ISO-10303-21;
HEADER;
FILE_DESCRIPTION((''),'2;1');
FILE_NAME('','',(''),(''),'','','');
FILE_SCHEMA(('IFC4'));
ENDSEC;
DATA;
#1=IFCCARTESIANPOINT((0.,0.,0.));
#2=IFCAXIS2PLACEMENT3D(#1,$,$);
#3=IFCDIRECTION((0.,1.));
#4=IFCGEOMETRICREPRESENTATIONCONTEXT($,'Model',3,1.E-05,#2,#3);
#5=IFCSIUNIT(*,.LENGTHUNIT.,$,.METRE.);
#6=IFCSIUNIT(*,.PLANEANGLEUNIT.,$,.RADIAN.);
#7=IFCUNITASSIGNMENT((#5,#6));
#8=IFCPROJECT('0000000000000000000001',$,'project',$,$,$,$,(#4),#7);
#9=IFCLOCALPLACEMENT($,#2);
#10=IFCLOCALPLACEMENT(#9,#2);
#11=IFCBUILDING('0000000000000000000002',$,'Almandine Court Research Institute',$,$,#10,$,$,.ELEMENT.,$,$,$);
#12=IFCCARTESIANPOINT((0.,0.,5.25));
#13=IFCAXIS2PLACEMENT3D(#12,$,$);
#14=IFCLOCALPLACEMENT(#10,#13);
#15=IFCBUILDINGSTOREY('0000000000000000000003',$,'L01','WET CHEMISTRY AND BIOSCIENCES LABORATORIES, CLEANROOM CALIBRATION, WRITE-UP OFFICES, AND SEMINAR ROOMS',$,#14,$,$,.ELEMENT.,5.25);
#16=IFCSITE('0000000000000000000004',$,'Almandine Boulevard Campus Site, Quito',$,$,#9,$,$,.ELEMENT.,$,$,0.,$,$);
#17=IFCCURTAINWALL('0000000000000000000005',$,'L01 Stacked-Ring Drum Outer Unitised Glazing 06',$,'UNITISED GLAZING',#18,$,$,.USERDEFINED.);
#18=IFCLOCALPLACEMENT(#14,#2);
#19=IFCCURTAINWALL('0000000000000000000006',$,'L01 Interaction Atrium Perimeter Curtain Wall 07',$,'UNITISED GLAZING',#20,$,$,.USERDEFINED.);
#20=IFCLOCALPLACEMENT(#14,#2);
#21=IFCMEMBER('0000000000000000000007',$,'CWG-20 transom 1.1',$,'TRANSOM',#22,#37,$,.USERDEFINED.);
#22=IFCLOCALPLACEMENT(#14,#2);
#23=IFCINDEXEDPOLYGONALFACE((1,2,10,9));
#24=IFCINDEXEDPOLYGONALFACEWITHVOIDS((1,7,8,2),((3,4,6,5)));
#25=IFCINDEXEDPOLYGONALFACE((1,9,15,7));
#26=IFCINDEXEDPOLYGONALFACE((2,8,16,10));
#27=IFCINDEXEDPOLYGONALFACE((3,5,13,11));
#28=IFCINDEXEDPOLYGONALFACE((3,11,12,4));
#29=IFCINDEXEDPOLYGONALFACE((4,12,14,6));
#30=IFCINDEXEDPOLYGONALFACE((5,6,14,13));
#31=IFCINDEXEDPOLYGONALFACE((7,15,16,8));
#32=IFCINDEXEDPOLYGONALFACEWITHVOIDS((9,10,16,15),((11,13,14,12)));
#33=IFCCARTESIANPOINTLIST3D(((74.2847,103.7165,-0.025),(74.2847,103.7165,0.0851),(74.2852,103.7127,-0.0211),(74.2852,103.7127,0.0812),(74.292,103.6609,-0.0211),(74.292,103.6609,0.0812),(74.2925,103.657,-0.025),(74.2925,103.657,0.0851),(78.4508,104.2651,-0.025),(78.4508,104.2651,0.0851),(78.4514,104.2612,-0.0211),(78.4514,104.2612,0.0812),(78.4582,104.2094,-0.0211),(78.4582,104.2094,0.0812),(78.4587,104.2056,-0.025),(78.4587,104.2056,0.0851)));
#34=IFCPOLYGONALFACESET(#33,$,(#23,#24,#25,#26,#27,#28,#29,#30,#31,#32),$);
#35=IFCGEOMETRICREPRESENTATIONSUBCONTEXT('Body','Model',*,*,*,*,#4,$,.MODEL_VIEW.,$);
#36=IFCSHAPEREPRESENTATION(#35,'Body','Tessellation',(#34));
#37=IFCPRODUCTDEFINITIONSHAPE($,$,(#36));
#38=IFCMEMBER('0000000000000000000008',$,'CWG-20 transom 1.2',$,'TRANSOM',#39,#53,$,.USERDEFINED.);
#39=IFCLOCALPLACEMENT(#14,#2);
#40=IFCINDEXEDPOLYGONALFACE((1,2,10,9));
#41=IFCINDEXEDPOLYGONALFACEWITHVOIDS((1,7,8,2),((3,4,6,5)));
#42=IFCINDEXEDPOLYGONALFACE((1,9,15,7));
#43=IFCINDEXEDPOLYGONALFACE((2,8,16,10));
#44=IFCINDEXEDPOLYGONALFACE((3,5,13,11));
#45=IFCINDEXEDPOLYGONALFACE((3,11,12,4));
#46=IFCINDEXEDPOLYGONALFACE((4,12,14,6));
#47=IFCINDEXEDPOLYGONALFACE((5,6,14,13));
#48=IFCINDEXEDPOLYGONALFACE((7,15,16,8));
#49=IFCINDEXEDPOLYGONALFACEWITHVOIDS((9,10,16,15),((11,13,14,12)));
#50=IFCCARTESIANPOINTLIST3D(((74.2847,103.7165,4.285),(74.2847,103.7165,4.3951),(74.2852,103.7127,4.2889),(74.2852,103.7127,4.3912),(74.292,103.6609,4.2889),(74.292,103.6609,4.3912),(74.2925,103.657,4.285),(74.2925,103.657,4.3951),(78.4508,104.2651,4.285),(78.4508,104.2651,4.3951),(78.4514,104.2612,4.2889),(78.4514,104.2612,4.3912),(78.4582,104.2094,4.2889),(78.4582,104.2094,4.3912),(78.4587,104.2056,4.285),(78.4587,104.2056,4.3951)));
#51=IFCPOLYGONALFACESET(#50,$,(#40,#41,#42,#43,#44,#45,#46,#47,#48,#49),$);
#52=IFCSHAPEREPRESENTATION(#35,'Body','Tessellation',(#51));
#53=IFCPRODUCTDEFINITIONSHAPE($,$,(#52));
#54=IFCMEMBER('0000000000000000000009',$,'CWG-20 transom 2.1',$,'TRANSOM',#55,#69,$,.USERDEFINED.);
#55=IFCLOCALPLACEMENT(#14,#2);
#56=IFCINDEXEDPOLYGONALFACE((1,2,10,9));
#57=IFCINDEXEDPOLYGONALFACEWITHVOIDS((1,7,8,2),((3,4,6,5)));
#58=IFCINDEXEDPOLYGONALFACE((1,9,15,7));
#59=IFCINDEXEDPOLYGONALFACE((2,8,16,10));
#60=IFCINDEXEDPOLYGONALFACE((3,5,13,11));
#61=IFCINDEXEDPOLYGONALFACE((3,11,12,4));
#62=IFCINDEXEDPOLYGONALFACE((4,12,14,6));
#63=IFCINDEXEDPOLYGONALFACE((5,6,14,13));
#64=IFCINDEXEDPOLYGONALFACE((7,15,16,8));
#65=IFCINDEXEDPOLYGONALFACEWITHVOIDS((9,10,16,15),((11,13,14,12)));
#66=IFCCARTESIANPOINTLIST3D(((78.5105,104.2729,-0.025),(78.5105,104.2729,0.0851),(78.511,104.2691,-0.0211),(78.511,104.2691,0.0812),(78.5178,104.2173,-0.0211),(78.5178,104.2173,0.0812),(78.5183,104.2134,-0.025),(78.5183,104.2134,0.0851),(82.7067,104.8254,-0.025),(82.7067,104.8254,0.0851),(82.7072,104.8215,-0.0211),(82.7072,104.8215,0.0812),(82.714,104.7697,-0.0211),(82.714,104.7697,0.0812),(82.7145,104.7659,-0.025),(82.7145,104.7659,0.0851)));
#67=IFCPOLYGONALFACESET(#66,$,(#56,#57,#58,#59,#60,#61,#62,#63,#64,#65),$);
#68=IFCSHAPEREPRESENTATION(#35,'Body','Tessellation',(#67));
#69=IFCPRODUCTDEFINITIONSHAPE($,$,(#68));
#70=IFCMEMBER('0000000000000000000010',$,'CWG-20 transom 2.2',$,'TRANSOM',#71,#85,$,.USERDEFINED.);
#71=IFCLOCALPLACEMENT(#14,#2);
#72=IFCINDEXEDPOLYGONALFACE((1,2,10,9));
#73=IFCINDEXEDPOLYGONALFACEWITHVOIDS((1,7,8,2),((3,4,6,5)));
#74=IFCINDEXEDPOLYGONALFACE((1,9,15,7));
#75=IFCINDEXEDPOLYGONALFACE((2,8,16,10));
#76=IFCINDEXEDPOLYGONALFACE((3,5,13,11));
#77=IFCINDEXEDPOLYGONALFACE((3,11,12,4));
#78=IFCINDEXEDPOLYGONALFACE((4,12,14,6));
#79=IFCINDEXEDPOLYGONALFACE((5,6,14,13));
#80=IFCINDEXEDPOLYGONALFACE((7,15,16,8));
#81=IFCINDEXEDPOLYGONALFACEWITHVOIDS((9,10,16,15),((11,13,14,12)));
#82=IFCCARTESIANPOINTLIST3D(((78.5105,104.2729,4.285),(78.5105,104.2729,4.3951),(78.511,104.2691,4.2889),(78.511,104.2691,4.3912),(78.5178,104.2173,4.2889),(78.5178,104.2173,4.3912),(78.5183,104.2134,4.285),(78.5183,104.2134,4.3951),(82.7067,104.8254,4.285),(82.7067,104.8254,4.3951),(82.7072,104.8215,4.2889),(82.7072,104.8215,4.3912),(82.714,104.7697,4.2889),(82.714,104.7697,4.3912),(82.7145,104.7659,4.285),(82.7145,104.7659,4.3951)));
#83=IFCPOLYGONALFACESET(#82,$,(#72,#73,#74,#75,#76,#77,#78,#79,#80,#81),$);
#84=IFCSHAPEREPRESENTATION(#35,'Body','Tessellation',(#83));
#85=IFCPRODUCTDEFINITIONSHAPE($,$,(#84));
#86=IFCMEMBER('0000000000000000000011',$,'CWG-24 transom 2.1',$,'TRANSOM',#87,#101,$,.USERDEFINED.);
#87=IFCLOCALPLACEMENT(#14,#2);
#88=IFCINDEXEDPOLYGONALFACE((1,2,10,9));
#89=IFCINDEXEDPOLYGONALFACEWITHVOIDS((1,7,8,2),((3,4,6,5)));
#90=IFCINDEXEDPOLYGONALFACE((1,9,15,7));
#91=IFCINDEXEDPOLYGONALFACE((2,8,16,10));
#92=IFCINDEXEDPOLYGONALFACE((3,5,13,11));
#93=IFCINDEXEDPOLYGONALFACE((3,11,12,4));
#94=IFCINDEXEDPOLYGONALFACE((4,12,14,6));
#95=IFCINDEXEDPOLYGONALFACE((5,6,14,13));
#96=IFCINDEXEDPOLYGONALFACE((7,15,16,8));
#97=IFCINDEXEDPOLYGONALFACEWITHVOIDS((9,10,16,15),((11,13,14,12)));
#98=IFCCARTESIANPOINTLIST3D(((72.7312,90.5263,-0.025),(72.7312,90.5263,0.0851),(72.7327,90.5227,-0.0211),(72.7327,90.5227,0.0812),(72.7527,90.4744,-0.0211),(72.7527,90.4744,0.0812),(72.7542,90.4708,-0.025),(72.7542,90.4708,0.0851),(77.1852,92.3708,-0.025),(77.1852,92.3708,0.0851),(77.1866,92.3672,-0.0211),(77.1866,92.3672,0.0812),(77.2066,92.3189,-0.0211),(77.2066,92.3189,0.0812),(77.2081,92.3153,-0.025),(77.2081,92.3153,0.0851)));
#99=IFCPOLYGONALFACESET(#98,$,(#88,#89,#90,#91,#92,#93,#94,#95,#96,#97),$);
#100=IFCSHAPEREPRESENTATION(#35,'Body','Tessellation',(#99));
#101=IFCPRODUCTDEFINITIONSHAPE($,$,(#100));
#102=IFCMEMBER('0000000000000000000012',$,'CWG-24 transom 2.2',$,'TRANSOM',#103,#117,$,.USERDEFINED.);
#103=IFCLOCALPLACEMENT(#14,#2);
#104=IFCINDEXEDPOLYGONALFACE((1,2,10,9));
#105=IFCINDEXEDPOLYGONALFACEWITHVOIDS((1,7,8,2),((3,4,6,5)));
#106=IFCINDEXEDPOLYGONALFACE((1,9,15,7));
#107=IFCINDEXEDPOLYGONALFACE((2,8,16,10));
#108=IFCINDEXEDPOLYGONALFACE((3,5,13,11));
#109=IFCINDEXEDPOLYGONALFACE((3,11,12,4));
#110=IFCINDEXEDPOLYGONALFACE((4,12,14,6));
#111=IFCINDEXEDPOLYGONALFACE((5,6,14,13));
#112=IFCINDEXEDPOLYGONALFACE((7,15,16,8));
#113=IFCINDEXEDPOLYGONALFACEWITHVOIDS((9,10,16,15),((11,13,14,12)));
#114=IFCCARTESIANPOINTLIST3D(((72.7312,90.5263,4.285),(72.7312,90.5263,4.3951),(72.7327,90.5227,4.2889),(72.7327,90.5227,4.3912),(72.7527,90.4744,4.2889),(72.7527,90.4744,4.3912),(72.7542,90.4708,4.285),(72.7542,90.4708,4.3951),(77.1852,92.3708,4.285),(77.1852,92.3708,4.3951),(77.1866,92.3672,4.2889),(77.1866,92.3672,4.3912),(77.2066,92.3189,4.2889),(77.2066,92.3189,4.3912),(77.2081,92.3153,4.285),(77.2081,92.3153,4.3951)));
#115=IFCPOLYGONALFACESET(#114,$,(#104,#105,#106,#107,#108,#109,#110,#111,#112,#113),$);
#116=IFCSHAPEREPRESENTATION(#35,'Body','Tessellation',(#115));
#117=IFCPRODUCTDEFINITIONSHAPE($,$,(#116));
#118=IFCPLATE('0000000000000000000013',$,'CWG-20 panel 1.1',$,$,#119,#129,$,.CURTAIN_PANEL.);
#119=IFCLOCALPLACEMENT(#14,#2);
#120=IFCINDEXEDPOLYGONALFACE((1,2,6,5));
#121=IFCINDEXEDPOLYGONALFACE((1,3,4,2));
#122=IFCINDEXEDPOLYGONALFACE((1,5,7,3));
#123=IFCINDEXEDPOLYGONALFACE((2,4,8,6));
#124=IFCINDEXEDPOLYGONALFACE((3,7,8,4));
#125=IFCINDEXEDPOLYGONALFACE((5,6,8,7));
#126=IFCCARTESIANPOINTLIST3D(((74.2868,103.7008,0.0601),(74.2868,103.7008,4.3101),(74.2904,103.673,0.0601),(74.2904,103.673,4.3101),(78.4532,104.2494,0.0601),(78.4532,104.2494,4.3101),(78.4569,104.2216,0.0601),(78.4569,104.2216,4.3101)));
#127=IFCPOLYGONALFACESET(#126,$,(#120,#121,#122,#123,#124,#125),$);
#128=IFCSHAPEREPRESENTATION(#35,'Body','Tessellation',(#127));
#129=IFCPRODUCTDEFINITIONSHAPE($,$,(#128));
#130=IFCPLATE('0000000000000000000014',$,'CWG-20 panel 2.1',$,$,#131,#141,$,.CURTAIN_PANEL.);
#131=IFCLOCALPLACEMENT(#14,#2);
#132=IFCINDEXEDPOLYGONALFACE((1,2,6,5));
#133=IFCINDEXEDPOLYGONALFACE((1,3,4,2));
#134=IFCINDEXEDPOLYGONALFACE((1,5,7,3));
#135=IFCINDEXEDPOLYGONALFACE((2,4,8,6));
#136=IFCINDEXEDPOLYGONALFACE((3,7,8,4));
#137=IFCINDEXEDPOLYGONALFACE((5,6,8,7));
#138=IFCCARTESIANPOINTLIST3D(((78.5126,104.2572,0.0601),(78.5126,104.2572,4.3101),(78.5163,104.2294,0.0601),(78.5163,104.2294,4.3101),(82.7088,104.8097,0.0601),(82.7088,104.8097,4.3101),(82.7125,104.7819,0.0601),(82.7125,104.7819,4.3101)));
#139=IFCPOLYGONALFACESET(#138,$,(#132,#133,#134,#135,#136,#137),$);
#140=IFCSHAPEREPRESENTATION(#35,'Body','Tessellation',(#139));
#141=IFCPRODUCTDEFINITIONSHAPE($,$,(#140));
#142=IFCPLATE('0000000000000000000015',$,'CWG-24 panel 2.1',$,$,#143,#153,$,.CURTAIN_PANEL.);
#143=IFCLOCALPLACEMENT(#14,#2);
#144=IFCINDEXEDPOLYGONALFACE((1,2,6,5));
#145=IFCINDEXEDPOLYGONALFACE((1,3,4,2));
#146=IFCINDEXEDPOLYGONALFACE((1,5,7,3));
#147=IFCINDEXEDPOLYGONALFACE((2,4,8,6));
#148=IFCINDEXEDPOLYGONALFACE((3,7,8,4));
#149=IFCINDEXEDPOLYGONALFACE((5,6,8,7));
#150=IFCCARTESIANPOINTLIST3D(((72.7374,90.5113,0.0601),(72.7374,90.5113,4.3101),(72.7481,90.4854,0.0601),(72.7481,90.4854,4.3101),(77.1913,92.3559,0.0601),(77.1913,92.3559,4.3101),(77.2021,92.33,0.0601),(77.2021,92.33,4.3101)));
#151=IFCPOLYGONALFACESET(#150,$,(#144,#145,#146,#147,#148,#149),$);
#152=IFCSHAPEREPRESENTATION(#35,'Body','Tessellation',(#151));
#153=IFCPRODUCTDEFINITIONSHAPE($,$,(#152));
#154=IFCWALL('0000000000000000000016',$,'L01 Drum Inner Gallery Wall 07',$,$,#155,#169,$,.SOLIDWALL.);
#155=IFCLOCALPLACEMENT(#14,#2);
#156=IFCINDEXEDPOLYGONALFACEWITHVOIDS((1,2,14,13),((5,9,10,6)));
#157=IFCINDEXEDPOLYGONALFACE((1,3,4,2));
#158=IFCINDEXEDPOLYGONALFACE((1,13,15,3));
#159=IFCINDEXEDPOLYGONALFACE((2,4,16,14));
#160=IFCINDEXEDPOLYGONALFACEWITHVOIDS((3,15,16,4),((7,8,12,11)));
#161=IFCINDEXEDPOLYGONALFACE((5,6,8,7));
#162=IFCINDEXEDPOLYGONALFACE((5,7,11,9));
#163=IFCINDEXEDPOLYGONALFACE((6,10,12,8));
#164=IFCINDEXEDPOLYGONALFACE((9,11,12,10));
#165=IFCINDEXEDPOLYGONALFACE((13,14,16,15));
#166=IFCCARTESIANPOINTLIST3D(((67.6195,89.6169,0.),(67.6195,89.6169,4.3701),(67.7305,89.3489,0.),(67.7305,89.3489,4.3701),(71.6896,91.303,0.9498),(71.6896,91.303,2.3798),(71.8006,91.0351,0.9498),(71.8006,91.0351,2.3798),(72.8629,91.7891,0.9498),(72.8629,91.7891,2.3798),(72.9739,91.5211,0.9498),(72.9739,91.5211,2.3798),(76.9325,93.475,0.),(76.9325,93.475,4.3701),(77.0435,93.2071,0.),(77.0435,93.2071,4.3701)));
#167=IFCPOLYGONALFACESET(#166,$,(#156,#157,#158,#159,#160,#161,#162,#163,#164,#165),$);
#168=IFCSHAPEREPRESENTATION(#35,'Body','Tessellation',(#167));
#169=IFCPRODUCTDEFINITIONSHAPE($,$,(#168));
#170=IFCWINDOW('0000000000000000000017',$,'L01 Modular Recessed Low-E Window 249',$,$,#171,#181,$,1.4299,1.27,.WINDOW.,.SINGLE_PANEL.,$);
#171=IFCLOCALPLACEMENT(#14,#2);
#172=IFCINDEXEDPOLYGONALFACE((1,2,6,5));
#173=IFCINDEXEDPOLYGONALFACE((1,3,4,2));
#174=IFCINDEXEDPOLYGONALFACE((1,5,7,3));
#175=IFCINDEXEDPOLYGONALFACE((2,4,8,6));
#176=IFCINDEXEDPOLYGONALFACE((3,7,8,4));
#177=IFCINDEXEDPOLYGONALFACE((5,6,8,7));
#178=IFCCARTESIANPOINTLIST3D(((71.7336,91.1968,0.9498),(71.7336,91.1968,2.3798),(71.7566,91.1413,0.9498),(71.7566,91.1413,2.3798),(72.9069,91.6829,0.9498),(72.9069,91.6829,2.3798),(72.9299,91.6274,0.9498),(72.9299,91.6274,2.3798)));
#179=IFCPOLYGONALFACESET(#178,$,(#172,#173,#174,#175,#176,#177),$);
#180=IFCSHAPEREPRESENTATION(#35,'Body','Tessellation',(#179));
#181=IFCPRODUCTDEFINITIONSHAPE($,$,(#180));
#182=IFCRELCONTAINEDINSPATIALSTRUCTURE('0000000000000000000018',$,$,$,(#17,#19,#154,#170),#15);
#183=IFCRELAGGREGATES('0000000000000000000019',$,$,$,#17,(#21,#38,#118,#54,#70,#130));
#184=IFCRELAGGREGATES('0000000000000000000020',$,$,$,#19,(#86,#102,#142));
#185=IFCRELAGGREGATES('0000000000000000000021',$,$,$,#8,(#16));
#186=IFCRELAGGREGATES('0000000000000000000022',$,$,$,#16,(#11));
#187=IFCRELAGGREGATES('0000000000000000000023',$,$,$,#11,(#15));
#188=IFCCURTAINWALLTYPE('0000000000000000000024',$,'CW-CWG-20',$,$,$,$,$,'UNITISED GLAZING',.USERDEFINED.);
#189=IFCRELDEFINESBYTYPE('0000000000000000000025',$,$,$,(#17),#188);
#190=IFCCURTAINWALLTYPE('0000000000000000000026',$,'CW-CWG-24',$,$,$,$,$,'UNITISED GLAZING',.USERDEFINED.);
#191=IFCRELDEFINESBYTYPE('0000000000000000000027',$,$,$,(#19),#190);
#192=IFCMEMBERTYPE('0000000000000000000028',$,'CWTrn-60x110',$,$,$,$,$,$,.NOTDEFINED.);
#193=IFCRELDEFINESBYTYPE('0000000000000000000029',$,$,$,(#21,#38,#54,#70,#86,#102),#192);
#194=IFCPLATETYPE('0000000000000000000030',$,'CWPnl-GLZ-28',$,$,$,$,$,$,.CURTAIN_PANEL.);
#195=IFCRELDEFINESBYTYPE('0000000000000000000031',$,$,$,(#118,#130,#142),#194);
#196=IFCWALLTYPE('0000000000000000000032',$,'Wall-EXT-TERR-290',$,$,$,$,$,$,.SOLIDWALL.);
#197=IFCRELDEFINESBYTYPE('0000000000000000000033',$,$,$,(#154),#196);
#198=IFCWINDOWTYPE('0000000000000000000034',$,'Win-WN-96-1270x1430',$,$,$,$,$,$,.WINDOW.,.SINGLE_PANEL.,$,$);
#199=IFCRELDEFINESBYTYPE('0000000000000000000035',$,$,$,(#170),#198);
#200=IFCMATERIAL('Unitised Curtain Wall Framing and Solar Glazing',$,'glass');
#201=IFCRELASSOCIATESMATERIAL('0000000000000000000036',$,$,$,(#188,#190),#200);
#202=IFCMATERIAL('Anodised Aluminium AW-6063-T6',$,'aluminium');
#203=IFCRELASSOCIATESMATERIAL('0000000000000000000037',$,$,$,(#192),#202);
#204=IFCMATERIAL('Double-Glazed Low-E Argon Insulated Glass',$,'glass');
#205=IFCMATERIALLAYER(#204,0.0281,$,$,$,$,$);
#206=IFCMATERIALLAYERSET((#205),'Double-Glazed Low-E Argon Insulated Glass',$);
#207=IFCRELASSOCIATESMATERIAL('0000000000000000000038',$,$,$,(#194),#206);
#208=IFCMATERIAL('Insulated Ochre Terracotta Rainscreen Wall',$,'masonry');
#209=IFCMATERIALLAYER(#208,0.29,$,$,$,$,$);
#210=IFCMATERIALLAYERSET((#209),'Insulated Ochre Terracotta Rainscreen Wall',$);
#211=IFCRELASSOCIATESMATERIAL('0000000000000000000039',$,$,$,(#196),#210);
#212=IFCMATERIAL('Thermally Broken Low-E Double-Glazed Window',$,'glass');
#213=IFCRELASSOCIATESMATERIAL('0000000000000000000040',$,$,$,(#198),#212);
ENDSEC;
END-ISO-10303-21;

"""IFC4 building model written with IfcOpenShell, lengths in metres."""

from ifc_helpers import new_model, si_unit, direction, frame, frame_2d, origin, origin_2d, place, context, subcontext, project, spatial, rectangle, hollow_rectangle, extrude, material, layer, layer_set, material_profile, profile_set, type_object, element, fill, aggregate, save


model = new_model("IFC4")

# Units and contexts
model_context = context("Model", 3, precision=1e-05, world=origin(), true_north=direction((0.0, 1.0)))
body_context = subcontext(model_context, "Body", "Model", "MODEL_VIEW")
ifc_project = project(units=[si_unit("LENGTHUNIT", "METRE"), si_unit("PLANEANGLEUNIT", "RADIAN")], contexts=[model_context])

# Site, building, storey
site_placement = place(None, origin())
site = spatial("IfcSite", under=ifc_project, at=site_placement, Name="Almandine Boulevard Campus Site, Quito", CompositionType="ELEMENT", RefElevation=0.0)
building_placement = place(site_placement, origin())
building = spatial("IfcBuilding", under=site, at=building_placement, Name="Almandine Court Research Institute", CompositionType="ELEMENT")
storey_placement = place(building_placement, frame((0.0, 0.0, 5.25)))
storey = spatial("IfcBuildingStorey", under=building, at=storey_placement, Name="L01", Description="WET CHEMISTRY AND BIOSCIENCES LABORATORIES, CLEANROOM CALIBRATION, WRITE-UP OFFICES, AND SEMINAR ROOMS", CompositionType="ELEMENT", Elevation=5.25)

# Curtain wall
ifc_material_1 = material(Name="Unitised Curtain Wall Framing and Solar Glazing", Category="glass")
curtain_wall_type_1 = type_object("IfcCurtainWallType", Name="CW-CWG-20", ElementType="UNITISED GLAZING", PredefinedType="USERDEFINED", material=ifc_material_1)
curtain_wall_1_placement = place(storey_placement, origin())
curtain_wall_1 = element("IfcCurtainWall", 1, at=curtain_wall_1_placement, inside=storey, type_object=curtain_wall_type_1, Name="L01 Stacked-Ring Drum Outer Unitised Glazing 06", ObjectType="UNITISED GLAZING", PredefinedType="USERDEFINED")
ifc_material_2 = material(Name="Anodised Aluminium AW-6063-T6", Category="aluminium")

# Curtain wall
curtain_wall_type_2 = type_object("IfcCurtainWallType", Name="CW-CWG-24", ElementType="UNITISED GLAZING", PredefinedType="USERDEFINED", material=ifc_material_1)
curtain_wall_2_placement = place(storey_placement, origin())
curtain_wall_2 = element("IfcCurtainWall", 2, at=curtain_wall_2_placement, inside=storey, type_object=curtain_wall_type_2, Name="L01 Interaction Atrium Perimeter Curtain Wall 07", ObjectType="UNITISED GLAZING", PredefinedType="USERDEFINED")

# Members
ifc_material_profile_1 = material_profile(ifc_material_2, hollow_rectangle(XDim=0.0601, YDim=0.1101, WallThickness=0.0039, at=origin_2d()), Name="ALU RHS 60x110x4")
ifc_profile_set_1 = profile_set([ifc_material_profile_1], Name="Anodised Aluminium AW-6063-T6")
member_type_1 = type_object("IfcMemberType", Name="CWTrn-60x110", PredefinedType="NOTDEFINED", material=ifc_profile_set_1)
member_1_placement = place(storey_placement, frame((74.2886, 103.6868, 0.03), z_axis=(0.991442, 0.130546, 0.0), x_axis=(-0.130546, 0.991442, 0.0)))
member_1 = element("IfcMember", 3, at=member_1_placement, type_object=member_type_1, Name="CWG-20 transom 1.1", ObjectType="TRANSOM", PredefinedType="USERDEFINED", context=body_context, shape_type="SweptSolid", body=[
    extrude(hollow_rectangle(XDim=0.0601, YDim=0.1101, WallThickness=0.0039, at=origin_2d()), origin(), (0.0, 0.0, 1.0), 4.2021),
])
member_2_placement = place(storey_placement, frame((74.2886, 103.6868, 4.3401), z_axis=(0.991442, 0.130546, 0.0), x_axis=(-0.130546, 0.991442, 0.0)))
member_2 = element("IfcMember", 4, at=member_2_placement, type_object=member_type_1, Name="CWG-20 transom 1.2", ObjectType="TRANSOM", PredefinedType="USERDEFINED", context=body_context, shape_type="SweptSolid", body=[
    extrude(hollow_rectangle(XDim=0.0601, YDim=0.1101, WallThickness=0.0039, at=origin_2d()), origin(), (0.0, 0.0, 1.0), 4.2021),
])
member_3_placement = place(storey_placement, frame((78.5144, 104.2432, 0.03), z_axis=(0.991444, 0.130535, 0.0), x_axis=(-0.130535, 0.991444, 0.0)))
member_3 = element("IfcMember", 5, at=member_3_placement, type_object=member_type_1, Name="CWG-20 transom 2.1", ObjectType="TRANSOM", PredefinedType="USERDEFINED", context=body_context, shape_type="SweptSolid", body=[
    extrude(hollow_rectangle(XDim=0.0601, YDim=0.1101, WallThickness=0.0039, at=origin_2d()), origin(), (0.0, 0.0, 1.0), 4.2324),
])
member_4_placement = place(storey_placement, frame((78.5144, 104.2432, 4.3401), z_axis=(0.991444, 0.130535, 0.0), x_axis=(-0.130535, 0.991444, 0.0)))
member_4 = element("IfcMember", 6, at=member_4_placement, type_object=member_type_1, Name="CWG-20 transom 2.2", ObjectType="TRANSOM", PredefinedType="USERDEFINED", context=body_context, shape_type="SweptSolid", body=[
    extrude(hollow_rectangle(XDim=0.0601, YDim=0.1101, WallThickness=0.0039, at=origin_2d()), origin(), (0.0, 0.0, 1.0), 4.2324),
])
member_5_placement = place(storey_placement, frame((72.7427, 90.4985, 0.03), z_axis=(0.923906, 0.382619, 0.0), x_axis=(-0.382619, 0.923906, 0.0)))
member_5 = element("IfcMember", 7, at=member_5_placement, type_object=member_type_1, Name="CWG-24 transom 2.1", ObjectType="TRANSOM", PredefinedType="USERDEFINED", context=body_context, shape_type="SweptSolid", body=[
    extrude(hollow_rectangle(XDim=0.0601, YDim=0.1101, WallThickness=0.0039, at=origin_2d()), origin(), (0.0, 0.0, 1.0), 4.8208),
])
member_6_placement = place(storey_placement, frame((72.7427, 90.4985, 4.3401), z_axis=(0.923906, 0.382619, 0.0), x_axis=(-0.382619, 0.923906, 0.0)))
member_6 = element("IfcMember", 8, at=member_6_placement, type_object=member_type_1, Name="CWG-24 transom 2.2", ObjectType="TRANSOM", PredefinedType="USERDEFINED", context=body_context, shape_type="SweptSolid", body=[
    extrude(hollow_rectangle(XDim=0.0601, YDim=0.1101, WallThickness=0.0039, at=origin_2d()), origin(), (0.0, 0.0, 1.0), 4.8208),
])

# Plates
ifc_material_3 = material(Name="Double-Glazed Low-E Argon Insulated Glass", Category="glass")
ifc_layer_1 = layer(ifc_material_3, 0.0281)
ifc_layer_set_1 = layer_set([ifc_layer_1], Name="Double-Glazed Low-E Argon Insulated Glass")
plate_type = type_object("IfcPlateType", Name="CWPnl-GLZ-28", PredefinedType="CURTAIN_PANEL", material=ifc_layer_set_1)
plate_1_placement = place(storey_placement, frame((76.3718, 103.9612, 0.0601), z_axis=(0.0, 0.0, 1.0), x_axis=(0.991443, 0.130541, 0.0)))
plate_1 = element("IfcPlate", 9, at=plate_1_placement, type_object=plate_type, Name="CWG-20 panel 1.1", PredefinedType="CURTAIN_PANEL", context=body_context, shape_type="SweptSolid", body=[
    extrude(rectangle(XDim=4.2024, YDim=0.0281, at=origin_2d()), origin(), (0.0, 0.0, 1.0), 4.25),
])
plate_2_placement = place(storey_placement, frame((80.6125, 104.5195, 0.0601), z_axis=(0.0, 0.0, 1.0), x_axis=(0.991443, 0.130541, 0.0)))
plate_2 = element("IfcPlate", 10, at=plate_2_placement, type_object=plate_type, Name="CWG-20 panel 2.1", PredefinedType="CURTAIN_PANEL", context=body_context, shape_type="SweptSolid", body=[
    extrude(rectangle(XDim=4.2324, YDim=0.0281, at=origin_2d()), origin(), (0.0, 0.0, 1.0), 4.25),
])
aggregate(curtain_wall_1, [member_1, member_2, plate_1, member_3, member_4, plate_2])
plate_3_placement = place(storey_placement, frame((74.9697, 91.4207, 0.0601), z_axis=(0.0, 0.0, 1.0), x_axis=(0.9239, 0.382634, 0.0)))
plate_3 = element("IfcPlate", 11, at=plate_3_placement, type_object=plate_type, Name="CWG-24 panel 2.1", PredefinedType="CURTAIN_PANEL", context=body_context, shape_type="SweptSolid", body=[
    extrude(rectangle(XDim=4.8208, YDim=0.0281, at=origin_2d()), origin(), (0.0, 0.0, 1.0), 4.25),
])
aggregate(curtain_wall_2, [member_5, member_6, plate_3])

# Wall, opening, window
ifc_material_4 = material(Name="Insulated Ochre Terracotta Rainscreen Wall", Category="masonry")
ifc_layer_2 = layer(ifc_material_4, 0.29)
ifc_layer_set_2 = layer_set([ifc_layer_2], Name="Insulated Ochre Terracotta Rainscreen Wall")
wall_type_1 = type_object("IfcWallType", Name="Wall-EXT-TERR-290", PredefinedType="SOLIDWALL", material=ifc_layer_set_2)
wall_1_placement = place(storey_placement, frame((76.988, 93.3411, 0.0), z_axis=(0.0, 0.0, 1.0), x_axis=(-0.923859, -0.382733, 0.0)))
wall_1 = element("IfcWall", 12, at=wall_1_placement, inside=storey, type_object=wall_type_1, Name="L01 Drum Inner Gallery Wall 07", PredefinedType="SOLIDWALL", context=body_context, shape_type="SweptSolid", body=[
    extrude(rectangle(XDim=10.0806, YDim=0.29, at=frame_2d((5.0403, 0.0))), origin(), (0.0, 0.0, 1.0), 4.3701),
])
opening_1_placement = place(wall_1_placement, frame((4.405, 0.0, 0.95)))
opening_1 = element("IfcOpeningElement", 13, at=opening_1_placement, cuts=wall_1, PredefinedType="OPENING", context=body_context, shape_type="SweptSolid", body=[
    extrude(rectangle(XDim=1.27, YDim=1.4299, at=frame_2d((0.635, 0.7148))), frame((0.0, 0.155, 0.0), z_axis=(0.0, -1.0, 0.0), x_axis=(1.0, 0.0, 0.0)), (0.0, 0.0, 1.0), 0.3101),
])
ifc_material_5 = material(Name="Thermally Broken Low-E Double-Glazed Window", Category="glass")
window_type_1 = type_object("IfcWindowType", Name="Win-WN-96-1270x1430", PartitioningType="SINGLE_PANEL", PredefinedType="WINDOW", material=ifc_material_5)
window_1_placement = place(opening_1_placement, origin())
window_1 = element("IfcWindow", 14, at=window_1_placement, inside=storey, type_object=window_type_1, Name="L01 Modular Recessed Low-E Window 249", OverallHeight=1.4299, OverallWidth=1.27, PartitioningType="SINGLE_PANEL", PredefinedType="WINDOW", context=body_context, shape_type="SweptSolid", body=[
    extrude(rectangle(XDim=1.27, YDim=1.4299, at=frame_2d((0.635, 0.7148))), frame((0.0, 0.03, 0.0), z_axis=(0.0, -1.0, 0.0), x_axis=(1.0, 0.0, 0.0)), (0.0, 0.0, 1.0), 0.0601),
])
fill(opening_1, window_1)

save(model, "model.ifc")
